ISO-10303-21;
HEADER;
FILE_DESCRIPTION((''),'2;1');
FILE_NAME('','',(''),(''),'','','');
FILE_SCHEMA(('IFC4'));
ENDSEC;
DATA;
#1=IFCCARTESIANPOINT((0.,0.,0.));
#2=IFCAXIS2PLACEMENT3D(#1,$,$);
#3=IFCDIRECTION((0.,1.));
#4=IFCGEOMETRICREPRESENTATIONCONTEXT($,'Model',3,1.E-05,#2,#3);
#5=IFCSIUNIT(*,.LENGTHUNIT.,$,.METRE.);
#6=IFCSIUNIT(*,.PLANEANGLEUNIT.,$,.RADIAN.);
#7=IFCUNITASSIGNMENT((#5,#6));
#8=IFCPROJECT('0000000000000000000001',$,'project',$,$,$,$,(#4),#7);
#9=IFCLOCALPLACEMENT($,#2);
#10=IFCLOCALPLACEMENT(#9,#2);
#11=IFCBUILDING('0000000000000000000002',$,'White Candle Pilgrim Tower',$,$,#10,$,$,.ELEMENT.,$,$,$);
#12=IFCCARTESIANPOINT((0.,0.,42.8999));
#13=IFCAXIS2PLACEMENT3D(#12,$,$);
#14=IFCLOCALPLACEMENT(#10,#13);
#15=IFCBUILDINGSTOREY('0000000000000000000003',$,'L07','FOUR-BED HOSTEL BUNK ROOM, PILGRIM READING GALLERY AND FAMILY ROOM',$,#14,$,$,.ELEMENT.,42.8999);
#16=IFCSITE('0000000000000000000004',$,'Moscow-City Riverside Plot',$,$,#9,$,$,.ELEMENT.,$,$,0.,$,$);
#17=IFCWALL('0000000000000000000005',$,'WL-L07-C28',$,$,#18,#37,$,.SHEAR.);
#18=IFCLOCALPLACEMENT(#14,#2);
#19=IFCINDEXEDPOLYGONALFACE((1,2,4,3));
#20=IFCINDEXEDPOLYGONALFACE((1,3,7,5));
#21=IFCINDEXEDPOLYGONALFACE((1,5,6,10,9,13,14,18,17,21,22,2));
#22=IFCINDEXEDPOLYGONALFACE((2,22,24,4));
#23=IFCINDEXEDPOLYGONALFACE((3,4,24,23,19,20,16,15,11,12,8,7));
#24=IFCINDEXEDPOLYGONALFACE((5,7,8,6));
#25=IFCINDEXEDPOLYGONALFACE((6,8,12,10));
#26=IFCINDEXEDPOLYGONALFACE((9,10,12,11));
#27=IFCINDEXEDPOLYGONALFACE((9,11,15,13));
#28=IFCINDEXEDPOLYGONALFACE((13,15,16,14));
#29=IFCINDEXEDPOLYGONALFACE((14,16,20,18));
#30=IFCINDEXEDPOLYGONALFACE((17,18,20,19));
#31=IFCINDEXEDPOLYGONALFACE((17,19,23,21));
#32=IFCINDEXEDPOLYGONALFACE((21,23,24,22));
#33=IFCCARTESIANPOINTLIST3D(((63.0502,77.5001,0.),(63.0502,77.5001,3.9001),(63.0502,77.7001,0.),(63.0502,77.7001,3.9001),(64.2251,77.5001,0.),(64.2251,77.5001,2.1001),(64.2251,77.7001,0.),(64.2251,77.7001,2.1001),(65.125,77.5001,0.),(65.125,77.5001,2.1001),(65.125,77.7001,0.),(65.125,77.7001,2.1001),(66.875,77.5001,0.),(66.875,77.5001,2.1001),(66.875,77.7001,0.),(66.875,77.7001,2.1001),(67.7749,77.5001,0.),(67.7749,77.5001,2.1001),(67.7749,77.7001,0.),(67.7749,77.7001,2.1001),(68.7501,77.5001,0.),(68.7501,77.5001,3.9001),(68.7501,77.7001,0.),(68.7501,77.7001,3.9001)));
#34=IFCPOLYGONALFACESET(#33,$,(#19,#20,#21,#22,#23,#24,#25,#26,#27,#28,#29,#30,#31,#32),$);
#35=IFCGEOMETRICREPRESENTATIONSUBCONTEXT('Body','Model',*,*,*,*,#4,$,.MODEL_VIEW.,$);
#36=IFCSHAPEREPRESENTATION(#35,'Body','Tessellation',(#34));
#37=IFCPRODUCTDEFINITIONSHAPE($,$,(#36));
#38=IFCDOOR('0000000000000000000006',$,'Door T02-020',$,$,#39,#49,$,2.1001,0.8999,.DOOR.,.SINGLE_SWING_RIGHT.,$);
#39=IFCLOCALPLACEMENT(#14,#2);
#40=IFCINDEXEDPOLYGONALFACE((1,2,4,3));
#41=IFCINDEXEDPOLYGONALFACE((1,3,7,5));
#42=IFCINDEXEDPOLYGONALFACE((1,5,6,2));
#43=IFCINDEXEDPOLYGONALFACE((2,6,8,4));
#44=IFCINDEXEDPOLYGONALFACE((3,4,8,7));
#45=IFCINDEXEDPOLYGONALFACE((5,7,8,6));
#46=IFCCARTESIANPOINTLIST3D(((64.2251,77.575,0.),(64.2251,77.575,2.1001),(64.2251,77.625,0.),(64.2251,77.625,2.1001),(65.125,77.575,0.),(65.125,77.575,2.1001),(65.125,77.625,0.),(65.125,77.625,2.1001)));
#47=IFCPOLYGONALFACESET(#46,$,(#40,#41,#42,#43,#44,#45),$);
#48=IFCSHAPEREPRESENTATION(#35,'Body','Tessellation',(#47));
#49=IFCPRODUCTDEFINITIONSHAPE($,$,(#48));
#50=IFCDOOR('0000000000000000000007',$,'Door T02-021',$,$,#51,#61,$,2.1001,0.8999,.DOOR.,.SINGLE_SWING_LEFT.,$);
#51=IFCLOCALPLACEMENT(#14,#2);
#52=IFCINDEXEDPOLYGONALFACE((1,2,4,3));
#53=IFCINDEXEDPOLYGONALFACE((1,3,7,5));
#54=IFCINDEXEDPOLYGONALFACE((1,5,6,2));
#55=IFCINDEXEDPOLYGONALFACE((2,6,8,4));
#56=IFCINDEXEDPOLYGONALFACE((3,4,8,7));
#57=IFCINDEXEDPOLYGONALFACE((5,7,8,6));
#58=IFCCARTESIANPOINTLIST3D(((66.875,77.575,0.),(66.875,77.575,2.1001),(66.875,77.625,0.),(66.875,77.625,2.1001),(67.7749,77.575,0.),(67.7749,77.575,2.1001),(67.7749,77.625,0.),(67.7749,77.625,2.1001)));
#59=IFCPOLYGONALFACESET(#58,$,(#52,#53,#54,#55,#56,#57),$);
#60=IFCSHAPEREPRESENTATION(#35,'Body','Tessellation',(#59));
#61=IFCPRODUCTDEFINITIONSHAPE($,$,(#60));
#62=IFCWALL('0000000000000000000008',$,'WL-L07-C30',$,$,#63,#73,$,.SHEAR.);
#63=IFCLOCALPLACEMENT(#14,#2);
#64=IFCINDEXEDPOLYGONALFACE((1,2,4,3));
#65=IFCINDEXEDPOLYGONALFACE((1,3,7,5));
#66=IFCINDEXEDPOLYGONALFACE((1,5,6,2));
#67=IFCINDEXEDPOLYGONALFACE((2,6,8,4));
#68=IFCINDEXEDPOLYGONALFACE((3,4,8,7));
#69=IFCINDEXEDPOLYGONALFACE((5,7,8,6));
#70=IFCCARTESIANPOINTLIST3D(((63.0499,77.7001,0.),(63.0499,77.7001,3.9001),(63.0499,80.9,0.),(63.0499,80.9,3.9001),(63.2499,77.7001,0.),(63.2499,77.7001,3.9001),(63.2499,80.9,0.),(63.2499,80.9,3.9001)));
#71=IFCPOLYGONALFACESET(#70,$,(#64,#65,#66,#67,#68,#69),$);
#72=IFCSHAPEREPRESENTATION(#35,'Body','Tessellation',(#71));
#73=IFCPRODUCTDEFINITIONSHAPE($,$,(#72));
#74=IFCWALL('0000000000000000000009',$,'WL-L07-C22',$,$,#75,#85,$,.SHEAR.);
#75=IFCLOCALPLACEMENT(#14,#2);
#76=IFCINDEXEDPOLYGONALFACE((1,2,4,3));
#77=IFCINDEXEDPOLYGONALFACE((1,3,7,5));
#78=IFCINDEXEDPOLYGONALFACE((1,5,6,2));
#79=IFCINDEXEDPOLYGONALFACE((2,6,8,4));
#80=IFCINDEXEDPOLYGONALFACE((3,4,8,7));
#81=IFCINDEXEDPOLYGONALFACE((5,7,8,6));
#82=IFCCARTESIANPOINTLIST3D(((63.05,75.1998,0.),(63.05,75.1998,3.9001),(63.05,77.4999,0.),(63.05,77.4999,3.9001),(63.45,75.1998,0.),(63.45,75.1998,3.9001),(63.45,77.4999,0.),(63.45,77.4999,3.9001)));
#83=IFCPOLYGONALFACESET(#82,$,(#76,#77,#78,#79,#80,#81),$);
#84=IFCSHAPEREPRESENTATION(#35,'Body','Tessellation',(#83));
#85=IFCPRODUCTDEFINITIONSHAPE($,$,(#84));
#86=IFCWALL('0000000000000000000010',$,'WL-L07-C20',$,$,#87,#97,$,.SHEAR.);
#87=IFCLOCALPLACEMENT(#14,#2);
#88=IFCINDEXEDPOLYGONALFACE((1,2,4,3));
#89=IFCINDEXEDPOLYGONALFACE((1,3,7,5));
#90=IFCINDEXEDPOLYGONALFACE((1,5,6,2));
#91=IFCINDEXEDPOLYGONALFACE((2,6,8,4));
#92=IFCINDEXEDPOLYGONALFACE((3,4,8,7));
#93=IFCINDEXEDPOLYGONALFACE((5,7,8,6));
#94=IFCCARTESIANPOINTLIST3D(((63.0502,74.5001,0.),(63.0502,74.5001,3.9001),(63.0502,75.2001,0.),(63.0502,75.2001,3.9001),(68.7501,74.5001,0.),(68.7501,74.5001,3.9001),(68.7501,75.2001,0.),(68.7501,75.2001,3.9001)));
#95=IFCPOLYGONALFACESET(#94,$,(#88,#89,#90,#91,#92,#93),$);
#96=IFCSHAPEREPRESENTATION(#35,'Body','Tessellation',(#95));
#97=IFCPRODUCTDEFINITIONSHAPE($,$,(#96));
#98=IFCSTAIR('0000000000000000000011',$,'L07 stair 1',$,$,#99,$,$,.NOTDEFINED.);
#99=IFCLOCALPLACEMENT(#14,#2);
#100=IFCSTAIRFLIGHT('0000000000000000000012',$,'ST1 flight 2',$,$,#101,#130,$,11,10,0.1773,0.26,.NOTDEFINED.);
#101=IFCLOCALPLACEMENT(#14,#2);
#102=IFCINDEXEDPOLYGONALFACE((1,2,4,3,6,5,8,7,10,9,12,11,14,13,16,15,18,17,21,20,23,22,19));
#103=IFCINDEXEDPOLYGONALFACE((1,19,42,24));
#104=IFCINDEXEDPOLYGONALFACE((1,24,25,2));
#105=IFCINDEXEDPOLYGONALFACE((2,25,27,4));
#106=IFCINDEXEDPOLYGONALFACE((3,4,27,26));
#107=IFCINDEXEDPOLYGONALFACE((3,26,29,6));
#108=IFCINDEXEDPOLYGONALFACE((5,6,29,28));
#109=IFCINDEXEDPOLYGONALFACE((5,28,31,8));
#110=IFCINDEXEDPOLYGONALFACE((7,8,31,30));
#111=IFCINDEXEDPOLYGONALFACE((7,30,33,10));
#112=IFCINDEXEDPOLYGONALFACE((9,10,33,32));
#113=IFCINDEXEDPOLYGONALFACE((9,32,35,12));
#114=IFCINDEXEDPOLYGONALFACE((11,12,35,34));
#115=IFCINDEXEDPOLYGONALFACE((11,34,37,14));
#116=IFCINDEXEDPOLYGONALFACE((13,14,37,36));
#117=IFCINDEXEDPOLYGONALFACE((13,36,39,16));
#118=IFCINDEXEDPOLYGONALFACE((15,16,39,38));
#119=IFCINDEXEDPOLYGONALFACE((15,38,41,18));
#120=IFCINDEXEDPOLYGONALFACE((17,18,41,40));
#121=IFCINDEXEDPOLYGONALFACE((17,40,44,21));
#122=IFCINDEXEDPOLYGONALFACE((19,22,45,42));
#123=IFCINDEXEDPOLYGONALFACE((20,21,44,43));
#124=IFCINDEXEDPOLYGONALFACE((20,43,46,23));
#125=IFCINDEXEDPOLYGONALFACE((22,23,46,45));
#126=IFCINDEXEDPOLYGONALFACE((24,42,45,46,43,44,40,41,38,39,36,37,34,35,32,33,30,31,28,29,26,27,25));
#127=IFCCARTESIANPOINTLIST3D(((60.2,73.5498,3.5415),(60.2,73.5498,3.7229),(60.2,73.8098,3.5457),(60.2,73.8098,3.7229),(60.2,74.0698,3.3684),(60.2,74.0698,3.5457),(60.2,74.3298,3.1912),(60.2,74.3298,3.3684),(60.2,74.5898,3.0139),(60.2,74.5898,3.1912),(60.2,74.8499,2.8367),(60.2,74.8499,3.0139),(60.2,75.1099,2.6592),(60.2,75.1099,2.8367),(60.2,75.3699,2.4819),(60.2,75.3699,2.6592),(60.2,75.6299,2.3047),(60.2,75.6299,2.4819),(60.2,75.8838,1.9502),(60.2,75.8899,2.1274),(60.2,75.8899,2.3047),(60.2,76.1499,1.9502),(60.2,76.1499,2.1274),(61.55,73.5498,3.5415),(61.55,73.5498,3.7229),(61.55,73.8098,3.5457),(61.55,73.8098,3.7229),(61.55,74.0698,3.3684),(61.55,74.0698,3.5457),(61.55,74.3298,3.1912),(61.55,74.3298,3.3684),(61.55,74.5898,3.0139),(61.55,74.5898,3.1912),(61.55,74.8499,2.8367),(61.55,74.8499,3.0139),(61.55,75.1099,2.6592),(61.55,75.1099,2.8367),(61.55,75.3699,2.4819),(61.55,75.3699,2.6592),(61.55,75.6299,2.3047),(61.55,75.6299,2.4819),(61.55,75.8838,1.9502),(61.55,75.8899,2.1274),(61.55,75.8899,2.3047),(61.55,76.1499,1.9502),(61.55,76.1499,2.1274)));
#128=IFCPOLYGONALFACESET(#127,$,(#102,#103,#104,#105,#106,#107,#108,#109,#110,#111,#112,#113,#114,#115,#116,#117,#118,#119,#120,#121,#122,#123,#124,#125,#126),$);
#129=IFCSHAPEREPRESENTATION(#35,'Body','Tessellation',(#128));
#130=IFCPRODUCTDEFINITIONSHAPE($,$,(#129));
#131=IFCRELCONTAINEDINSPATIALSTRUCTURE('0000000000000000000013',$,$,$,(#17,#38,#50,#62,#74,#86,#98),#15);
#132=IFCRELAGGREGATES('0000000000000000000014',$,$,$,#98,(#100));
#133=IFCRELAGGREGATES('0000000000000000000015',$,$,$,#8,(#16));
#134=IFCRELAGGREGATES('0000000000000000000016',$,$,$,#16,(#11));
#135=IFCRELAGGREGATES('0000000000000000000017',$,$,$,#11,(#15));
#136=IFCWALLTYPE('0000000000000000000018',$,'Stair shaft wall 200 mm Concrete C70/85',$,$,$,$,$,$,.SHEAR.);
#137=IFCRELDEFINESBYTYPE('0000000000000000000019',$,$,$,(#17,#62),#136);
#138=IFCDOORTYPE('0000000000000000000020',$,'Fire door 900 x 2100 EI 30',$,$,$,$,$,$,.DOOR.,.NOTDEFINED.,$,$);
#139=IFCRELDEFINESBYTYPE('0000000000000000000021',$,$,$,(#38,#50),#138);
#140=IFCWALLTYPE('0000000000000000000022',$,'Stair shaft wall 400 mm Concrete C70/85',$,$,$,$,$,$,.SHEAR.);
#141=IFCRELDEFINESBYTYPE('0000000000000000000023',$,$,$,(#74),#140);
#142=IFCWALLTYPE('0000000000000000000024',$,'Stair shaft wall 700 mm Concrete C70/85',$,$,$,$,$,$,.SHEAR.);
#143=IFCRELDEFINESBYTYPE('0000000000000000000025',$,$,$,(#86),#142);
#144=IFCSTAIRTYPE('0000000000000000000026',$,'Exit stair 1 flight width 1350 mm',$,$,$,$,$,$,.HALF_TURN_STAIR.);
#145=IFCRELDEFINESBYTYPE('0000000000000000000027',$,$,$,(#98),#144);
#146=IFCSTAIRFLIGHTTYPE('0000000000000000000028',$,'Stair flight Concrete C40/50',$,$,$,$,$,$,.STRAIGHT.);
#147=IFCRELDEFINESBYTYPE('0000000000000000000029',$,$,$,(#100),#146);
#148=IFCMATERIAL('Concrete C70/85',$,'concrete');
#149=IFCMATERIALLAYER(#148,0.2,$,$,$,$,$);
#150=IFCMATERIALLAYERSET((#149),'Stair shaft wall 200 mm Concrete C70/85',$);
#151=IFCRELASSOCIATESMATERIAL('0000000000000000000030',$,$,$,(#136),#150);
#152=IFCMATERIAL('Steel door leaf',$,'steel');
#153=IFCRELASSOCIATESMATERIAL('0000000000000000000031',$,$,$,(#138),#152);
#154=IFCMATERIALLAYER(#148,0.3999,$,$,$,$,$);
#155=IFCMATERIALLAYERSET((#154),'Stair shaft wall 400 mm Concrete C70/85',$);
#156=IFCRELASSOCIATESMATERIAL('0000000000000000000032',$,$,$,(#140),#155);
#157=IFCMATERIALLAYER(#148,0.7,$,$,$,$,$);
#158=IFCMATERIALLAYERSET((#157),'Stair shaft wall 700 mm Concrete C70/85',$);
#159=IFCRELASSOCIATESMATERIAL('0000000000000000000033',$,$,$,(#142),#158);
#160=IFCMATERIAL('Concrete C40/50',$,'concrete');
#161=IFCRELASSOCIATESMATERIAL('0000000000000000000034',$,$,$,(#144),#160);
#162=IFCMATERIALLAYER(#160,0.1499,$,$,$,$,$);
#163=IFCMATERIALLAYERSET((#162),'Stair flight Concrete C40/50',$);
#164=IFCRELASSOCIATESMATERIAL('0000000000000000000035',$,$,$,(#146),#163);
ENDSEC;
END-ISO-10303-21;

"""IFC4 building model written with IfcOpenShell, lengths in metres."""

from ifc_helpers import new_model, si_unit, direction, frame, frame_2d, origin, place, context, subcontext, project, spatial, polyline, rectangle, outline, extrude, material, layer, layer_set, type_object, element, fill, aggregate, save


model = new_model("IFC4")

# Units and contexts
model_context = context("Model", 3, precision=1e-05, world=origin(), true_north=direction((0.0, 1.0)))
body_context = subcontext(model_context, "Body", "Model", "MODEL_VIEW")
ifc_project = project(units=[si_unit("LENGTHUNIT", "METRE"), si_unit("PLANEANGLEUNIT", "RADIAN")], contexts=[model_context])

# Site, building, storey
site_placement = place(None, origin())
site = spatial("IfcSite", under=ifc_project, at=site_placement, Name="Moscow-City Riverside Plot", CompositionType="ELEMENT", RefElevation=0.0)
building_placement = place(site_placement, origin())
building = spatial("IfcBuilding", under=site, at=building_placement, Name="White Candle Pilgrim Tower", CompositionType="ELEMENT")
storey_placement = place(building_placement, frame((0.0, 0.0, 42.8999)))
storey = spatial("IfcBuildingStorey", under=building, at=storey_placement, Name="L07", Description="FOUR-BED HOSTEL BUNK ROOM, PILGRIM READING GALLERY AND FAMILY ROOM", CompositionType="ELEMENT", Elevation=42.8999)

# Shared definitions
ifc_material_1 = material(Name="Concrete C70/85", Category="concrete")
ifc_material_2 = material(Name="Steel door leaf", Category="steel")

# Wall, openings, doors
ifc_layer_1 = layer(ifc_material_1, 0.2)
ifc_layer_set_1 = layer_set([ifc_layer_1], Name="Stair shaft wall 200 mm Concrete C70/85")
wall_type_1 = type_object("IfcWallType", Name="Stair shaft wall 200 mm Concrete C70/85", PredefinedType="SHEAR", material=ifc_layer_set_1)
wall_1_placement = place(storey_placement, frame((63.05, 77.6001, 0.0), z_axis=(0.0, 0.0, 1.0), x_axis=(1.0, 0.0, 0.0)))
wall_1 = element("IfcWall", 1, at=wall_1_placement, inside=storey, type_object=wall_type_1, Name="WL-L07-C28", PredefinedType="SHEAR", context=body_context, shape_type="SweptSolid", body=[
    extrude(rectangle(XDim=5.7, YDim=0.2, at=frame_2d((2.8501, 0.0))), origin(), (0.0, 0.0, 1.0), 3.9001),
])
opening_1_placement = place(wall_1_placement, frame((1.175, 0.0, 0.0)))
opening_1 = element("IfcOpeningElement", 2, at=opening_1_placement, cuts=wall_1, PredefinedType="OPENING", context=body_context, shape_type="SweptSolid", body=[
    extrude(rectangle(XDim=0.8999, YDim=2.1001, at=frame_2d((0.45, 1.05))), frame((0.0, 0.1099, 0.0), z_axis=(0.0, -1.0, 0.0), x_axis=(1.0, 0.0, 0.0)), (0.0, 0.0, 1.0), 0.22),
])
opening_2_placement = place(wall_1_placement, frame((3.825, 0.0, 0.0)))
opening_2 = element("IfcOpeningElement", 3, at=opening_2_placement, cuts=wall_1, PredefinedType="OPENING", context=body_context, shape_type="SweptSolid", body=[
    extrude(rectangle(XDim=0.8999, YDim=2.1001, at=frame_2d((0.45, 1.05))), frame((0.0, 0.1099, 0.0), z_axis=(0.0, -1.0, 0.0), x_axis=(1.0, 0.0, 0.0)), (0.0, 0.0, 1.0), 0.22),
])
door_type_1 = type_object("IfcDoorType", Name="Fire door 900 x 2100 EI 30", OperationType="NOTDEFINED", PredefinedType="DOOR", material=ifc_material_2)
door_1_placement = place(opening_1_placement, origin())
door_1 = element("IfcDoor", 4, at=door_1_placement, inside=storey, type_object=door_type_1, Name="Door T02-020", OperationType="SINGLE_SWING_RIGHT", OverallHeight=2.1001, OverallWidth=0.8999, PredefinedType="DOOR", context=body_context, shape_type="SweptSolid", body=[
    extrude(rectangle(XDim=0.8999, YDim=2.1001, at=frame_2d((0.45, 1.05))), frame((0.0, 0.0249, 0.0), z_axis=(0.0, -1.0, 0.0), x_axis=(1.0, 0.0, 0.0)), (0.0, 0.0, 1.0), 0.05),
])
fill(opening_1, door_1)
door_2_placement = place(opening_2_placement, origin())
door_2 = element("IfcDoor", 5, at=door_2_placement, inside=storey, type_object=door_type_1, Name="Door T02-021", OperationType="SINGLE_SWING_LEFT", OverallHeight=2.1001, OverallWidth=0.8999, PredefinedType="DOOR", context=body_context, shape_type="SweptSolid", body=[
    extrude(rectangle(XDim=0.8999, YDim=2.1001, at=frame_2d((0.45, 1.05))), frame((0.0, 0.0249, 0.0), z_axis=(0.0, -1.0, 0.0), x_axis=(1.0, 0.0, 0.0)), (0.0, 0.0, 1.0), 0.05),
])
fill(opening_2, door_2)

# Walls
wall_2_placement = place(storey_placement, frame((63.1499, 77.7, 0.0), z_axis=(0.0, 0.0, 1.0), x_axis=(0.0, 1.0, 0.0)))
element("IfcWall", 6, at=wall_2_placement, inside=storey, type_object=wall_type_1, Name="WL-L07-C30", PredefinedType="SHEAR", context=body_context, shape_type="SweptSolid", body=[
    extrude(rectangle(XDim=3.2, YDim=0.2, at=frame_2d((1.6001, 0.0))), origin(), (0.0, 0.0, 1.0), 3.9001),
])
ifc_layer_2 = layer(ifc_material_1, 0.3999)
ifc_layer_set_2 = layer_set([ifc_layer_2], Name="Stair shaft wall 400 mm Concrete C70/85")
wall_type_2 = type_object("IfcWallType", Name="Stair shaft wall 400 mm Concrete C70/85", PredefinedType="SHEAR", material=ifc_layer_set_2)
wall_3_placement = place(storey_placement, frame((63.25, 75.2, 0.0), z_axis=(0.0, 0.0, 1.0), x_axis=(0.0, 1.0, 0.0)))
element("IfcWall", 7, at=wall_3_placement, inside=storey, type_object=wall_type_2, Name="WL-L07-C22", PredefinedType="SHEAR", context=body_context, shape_type="SweptSolid", body=[
    extrude(rectangle(XDim=2.3, YDim=0.3999, at=frame_2d((1.1499, 0.0))), origin(), (0.0, 0.0, 1.0), 3.9001),
])
ifc_layer_3 = layer(ifc_material_1, 0.7)
ifc_layer_set_3 = layer_set([ifc_layer_3], Name="Stair shaft wall 700 mm Concrete C70/85")
wall_type_3 = type_object("IfcWallType", Name="Stair shaft wall 700 mm Concrete C70/85", PredefinedType="SHEAR", material=ifc_layer_set_3)
wall_4_placement = place(storey_placement, frame((63.05, 74.8501, 0.0), z_axis=(0.0, 0.0, 1.0), x_axis=(1.0, 0.0, 0.0)))
element("IfcWall", 8, at=wall_4_placement, inside=storey, type_object=wall_type_3, Name="WL-L07-C20", PredefinedType="SHEAR", context=body_context, shape_type="SweptSolid", body=[
    extrude(rectangle(XDim=5.7, YDim=0.7, at=frame_2d((2.8501, 0.0))), origin(), (0.0, 0.0, 1.0), 3.9001),
])

# Stair, stair flight
ifc_material_3 = material(Name="Concrete C40/50", Category="concrete")
stair_type = type_object("IfcStairType", Name="Exit stair 1 flight width 1350 mm", PredefinedType="HALF_TURN_STAIR", material=ifc_material_3)
stair_placement = place(storey_placement, origin())
stair = element("IfcStair", 9, at=stair_placement, inside=storey, type_object=stair_type, Name="L07 stair 1", PredefinedType="NOTDEFINED")
ifc_layer_4 = layer(ifc_material_3, 0.1499)
ifc_layer_set_4 = layer_set([ifc_layer_4], Name="Stair flight Concrete C40/50")
stair_flight_type = type_object("IfcStairFlightType", Name="Stair flight Concrete C40/50", PredefinedType="STRAIGHT", material=ifc_layer_set_4)
stair_flight_placement = place(storey_placement, frame((60.875, 76.1499, 1.9502), z_axis=(0.0, 0.0, 1.0), x_axis=(0.0, -1.0, 0.0)))
stair_flight = element("IfcStairFlight", 10, at=stair_flight_placement, type_object=stair_flight_type, Name="ST1 flight 2", NumberOfRisers=11, NumberOfTreads=10, PredefinedType="NOTDEFINED", RiserHeight=0.1773, TreadLength=0.26, context=body_context, shape_type="SweptSolid", body=[
    extrude(outline(polyline([(0.0, 0.0), (0.0, 0.1772), (0.26, 0.1772), (0.26, 0.3545), (0.52, 0.3545), (0.52, 0.5317), (0.78, 0.5317), (0.78, 0.709), (1.04, 0.709), (1.04, 0.8865), (1.3, 0.8865), (1.3, 1.0637), (1.5601, 1.0637), (1.5601, 1.241), (1.8201, 1.241), (1.8201, 1.4182), (2.0801, 1.4182), (2.0801, 1.5955), (2.3401, 1.5955), (2.3401, 1.7727), (2.6001, 1.7727), (2.6001, 1.95), (2.6001, 1.5913), (0.2661, 0.0), (0.0, 0.0)])), frame((0.0, 0.675, 0.0), z_axis=(0.0, -1.0, 0.0), x_axis=(1.0, 0.0, 0.0)), (0.0, 0.0, 1.0), 1.3501),
])
aggregate(stair, [stair_flight])

save(model, "model.ifc")
